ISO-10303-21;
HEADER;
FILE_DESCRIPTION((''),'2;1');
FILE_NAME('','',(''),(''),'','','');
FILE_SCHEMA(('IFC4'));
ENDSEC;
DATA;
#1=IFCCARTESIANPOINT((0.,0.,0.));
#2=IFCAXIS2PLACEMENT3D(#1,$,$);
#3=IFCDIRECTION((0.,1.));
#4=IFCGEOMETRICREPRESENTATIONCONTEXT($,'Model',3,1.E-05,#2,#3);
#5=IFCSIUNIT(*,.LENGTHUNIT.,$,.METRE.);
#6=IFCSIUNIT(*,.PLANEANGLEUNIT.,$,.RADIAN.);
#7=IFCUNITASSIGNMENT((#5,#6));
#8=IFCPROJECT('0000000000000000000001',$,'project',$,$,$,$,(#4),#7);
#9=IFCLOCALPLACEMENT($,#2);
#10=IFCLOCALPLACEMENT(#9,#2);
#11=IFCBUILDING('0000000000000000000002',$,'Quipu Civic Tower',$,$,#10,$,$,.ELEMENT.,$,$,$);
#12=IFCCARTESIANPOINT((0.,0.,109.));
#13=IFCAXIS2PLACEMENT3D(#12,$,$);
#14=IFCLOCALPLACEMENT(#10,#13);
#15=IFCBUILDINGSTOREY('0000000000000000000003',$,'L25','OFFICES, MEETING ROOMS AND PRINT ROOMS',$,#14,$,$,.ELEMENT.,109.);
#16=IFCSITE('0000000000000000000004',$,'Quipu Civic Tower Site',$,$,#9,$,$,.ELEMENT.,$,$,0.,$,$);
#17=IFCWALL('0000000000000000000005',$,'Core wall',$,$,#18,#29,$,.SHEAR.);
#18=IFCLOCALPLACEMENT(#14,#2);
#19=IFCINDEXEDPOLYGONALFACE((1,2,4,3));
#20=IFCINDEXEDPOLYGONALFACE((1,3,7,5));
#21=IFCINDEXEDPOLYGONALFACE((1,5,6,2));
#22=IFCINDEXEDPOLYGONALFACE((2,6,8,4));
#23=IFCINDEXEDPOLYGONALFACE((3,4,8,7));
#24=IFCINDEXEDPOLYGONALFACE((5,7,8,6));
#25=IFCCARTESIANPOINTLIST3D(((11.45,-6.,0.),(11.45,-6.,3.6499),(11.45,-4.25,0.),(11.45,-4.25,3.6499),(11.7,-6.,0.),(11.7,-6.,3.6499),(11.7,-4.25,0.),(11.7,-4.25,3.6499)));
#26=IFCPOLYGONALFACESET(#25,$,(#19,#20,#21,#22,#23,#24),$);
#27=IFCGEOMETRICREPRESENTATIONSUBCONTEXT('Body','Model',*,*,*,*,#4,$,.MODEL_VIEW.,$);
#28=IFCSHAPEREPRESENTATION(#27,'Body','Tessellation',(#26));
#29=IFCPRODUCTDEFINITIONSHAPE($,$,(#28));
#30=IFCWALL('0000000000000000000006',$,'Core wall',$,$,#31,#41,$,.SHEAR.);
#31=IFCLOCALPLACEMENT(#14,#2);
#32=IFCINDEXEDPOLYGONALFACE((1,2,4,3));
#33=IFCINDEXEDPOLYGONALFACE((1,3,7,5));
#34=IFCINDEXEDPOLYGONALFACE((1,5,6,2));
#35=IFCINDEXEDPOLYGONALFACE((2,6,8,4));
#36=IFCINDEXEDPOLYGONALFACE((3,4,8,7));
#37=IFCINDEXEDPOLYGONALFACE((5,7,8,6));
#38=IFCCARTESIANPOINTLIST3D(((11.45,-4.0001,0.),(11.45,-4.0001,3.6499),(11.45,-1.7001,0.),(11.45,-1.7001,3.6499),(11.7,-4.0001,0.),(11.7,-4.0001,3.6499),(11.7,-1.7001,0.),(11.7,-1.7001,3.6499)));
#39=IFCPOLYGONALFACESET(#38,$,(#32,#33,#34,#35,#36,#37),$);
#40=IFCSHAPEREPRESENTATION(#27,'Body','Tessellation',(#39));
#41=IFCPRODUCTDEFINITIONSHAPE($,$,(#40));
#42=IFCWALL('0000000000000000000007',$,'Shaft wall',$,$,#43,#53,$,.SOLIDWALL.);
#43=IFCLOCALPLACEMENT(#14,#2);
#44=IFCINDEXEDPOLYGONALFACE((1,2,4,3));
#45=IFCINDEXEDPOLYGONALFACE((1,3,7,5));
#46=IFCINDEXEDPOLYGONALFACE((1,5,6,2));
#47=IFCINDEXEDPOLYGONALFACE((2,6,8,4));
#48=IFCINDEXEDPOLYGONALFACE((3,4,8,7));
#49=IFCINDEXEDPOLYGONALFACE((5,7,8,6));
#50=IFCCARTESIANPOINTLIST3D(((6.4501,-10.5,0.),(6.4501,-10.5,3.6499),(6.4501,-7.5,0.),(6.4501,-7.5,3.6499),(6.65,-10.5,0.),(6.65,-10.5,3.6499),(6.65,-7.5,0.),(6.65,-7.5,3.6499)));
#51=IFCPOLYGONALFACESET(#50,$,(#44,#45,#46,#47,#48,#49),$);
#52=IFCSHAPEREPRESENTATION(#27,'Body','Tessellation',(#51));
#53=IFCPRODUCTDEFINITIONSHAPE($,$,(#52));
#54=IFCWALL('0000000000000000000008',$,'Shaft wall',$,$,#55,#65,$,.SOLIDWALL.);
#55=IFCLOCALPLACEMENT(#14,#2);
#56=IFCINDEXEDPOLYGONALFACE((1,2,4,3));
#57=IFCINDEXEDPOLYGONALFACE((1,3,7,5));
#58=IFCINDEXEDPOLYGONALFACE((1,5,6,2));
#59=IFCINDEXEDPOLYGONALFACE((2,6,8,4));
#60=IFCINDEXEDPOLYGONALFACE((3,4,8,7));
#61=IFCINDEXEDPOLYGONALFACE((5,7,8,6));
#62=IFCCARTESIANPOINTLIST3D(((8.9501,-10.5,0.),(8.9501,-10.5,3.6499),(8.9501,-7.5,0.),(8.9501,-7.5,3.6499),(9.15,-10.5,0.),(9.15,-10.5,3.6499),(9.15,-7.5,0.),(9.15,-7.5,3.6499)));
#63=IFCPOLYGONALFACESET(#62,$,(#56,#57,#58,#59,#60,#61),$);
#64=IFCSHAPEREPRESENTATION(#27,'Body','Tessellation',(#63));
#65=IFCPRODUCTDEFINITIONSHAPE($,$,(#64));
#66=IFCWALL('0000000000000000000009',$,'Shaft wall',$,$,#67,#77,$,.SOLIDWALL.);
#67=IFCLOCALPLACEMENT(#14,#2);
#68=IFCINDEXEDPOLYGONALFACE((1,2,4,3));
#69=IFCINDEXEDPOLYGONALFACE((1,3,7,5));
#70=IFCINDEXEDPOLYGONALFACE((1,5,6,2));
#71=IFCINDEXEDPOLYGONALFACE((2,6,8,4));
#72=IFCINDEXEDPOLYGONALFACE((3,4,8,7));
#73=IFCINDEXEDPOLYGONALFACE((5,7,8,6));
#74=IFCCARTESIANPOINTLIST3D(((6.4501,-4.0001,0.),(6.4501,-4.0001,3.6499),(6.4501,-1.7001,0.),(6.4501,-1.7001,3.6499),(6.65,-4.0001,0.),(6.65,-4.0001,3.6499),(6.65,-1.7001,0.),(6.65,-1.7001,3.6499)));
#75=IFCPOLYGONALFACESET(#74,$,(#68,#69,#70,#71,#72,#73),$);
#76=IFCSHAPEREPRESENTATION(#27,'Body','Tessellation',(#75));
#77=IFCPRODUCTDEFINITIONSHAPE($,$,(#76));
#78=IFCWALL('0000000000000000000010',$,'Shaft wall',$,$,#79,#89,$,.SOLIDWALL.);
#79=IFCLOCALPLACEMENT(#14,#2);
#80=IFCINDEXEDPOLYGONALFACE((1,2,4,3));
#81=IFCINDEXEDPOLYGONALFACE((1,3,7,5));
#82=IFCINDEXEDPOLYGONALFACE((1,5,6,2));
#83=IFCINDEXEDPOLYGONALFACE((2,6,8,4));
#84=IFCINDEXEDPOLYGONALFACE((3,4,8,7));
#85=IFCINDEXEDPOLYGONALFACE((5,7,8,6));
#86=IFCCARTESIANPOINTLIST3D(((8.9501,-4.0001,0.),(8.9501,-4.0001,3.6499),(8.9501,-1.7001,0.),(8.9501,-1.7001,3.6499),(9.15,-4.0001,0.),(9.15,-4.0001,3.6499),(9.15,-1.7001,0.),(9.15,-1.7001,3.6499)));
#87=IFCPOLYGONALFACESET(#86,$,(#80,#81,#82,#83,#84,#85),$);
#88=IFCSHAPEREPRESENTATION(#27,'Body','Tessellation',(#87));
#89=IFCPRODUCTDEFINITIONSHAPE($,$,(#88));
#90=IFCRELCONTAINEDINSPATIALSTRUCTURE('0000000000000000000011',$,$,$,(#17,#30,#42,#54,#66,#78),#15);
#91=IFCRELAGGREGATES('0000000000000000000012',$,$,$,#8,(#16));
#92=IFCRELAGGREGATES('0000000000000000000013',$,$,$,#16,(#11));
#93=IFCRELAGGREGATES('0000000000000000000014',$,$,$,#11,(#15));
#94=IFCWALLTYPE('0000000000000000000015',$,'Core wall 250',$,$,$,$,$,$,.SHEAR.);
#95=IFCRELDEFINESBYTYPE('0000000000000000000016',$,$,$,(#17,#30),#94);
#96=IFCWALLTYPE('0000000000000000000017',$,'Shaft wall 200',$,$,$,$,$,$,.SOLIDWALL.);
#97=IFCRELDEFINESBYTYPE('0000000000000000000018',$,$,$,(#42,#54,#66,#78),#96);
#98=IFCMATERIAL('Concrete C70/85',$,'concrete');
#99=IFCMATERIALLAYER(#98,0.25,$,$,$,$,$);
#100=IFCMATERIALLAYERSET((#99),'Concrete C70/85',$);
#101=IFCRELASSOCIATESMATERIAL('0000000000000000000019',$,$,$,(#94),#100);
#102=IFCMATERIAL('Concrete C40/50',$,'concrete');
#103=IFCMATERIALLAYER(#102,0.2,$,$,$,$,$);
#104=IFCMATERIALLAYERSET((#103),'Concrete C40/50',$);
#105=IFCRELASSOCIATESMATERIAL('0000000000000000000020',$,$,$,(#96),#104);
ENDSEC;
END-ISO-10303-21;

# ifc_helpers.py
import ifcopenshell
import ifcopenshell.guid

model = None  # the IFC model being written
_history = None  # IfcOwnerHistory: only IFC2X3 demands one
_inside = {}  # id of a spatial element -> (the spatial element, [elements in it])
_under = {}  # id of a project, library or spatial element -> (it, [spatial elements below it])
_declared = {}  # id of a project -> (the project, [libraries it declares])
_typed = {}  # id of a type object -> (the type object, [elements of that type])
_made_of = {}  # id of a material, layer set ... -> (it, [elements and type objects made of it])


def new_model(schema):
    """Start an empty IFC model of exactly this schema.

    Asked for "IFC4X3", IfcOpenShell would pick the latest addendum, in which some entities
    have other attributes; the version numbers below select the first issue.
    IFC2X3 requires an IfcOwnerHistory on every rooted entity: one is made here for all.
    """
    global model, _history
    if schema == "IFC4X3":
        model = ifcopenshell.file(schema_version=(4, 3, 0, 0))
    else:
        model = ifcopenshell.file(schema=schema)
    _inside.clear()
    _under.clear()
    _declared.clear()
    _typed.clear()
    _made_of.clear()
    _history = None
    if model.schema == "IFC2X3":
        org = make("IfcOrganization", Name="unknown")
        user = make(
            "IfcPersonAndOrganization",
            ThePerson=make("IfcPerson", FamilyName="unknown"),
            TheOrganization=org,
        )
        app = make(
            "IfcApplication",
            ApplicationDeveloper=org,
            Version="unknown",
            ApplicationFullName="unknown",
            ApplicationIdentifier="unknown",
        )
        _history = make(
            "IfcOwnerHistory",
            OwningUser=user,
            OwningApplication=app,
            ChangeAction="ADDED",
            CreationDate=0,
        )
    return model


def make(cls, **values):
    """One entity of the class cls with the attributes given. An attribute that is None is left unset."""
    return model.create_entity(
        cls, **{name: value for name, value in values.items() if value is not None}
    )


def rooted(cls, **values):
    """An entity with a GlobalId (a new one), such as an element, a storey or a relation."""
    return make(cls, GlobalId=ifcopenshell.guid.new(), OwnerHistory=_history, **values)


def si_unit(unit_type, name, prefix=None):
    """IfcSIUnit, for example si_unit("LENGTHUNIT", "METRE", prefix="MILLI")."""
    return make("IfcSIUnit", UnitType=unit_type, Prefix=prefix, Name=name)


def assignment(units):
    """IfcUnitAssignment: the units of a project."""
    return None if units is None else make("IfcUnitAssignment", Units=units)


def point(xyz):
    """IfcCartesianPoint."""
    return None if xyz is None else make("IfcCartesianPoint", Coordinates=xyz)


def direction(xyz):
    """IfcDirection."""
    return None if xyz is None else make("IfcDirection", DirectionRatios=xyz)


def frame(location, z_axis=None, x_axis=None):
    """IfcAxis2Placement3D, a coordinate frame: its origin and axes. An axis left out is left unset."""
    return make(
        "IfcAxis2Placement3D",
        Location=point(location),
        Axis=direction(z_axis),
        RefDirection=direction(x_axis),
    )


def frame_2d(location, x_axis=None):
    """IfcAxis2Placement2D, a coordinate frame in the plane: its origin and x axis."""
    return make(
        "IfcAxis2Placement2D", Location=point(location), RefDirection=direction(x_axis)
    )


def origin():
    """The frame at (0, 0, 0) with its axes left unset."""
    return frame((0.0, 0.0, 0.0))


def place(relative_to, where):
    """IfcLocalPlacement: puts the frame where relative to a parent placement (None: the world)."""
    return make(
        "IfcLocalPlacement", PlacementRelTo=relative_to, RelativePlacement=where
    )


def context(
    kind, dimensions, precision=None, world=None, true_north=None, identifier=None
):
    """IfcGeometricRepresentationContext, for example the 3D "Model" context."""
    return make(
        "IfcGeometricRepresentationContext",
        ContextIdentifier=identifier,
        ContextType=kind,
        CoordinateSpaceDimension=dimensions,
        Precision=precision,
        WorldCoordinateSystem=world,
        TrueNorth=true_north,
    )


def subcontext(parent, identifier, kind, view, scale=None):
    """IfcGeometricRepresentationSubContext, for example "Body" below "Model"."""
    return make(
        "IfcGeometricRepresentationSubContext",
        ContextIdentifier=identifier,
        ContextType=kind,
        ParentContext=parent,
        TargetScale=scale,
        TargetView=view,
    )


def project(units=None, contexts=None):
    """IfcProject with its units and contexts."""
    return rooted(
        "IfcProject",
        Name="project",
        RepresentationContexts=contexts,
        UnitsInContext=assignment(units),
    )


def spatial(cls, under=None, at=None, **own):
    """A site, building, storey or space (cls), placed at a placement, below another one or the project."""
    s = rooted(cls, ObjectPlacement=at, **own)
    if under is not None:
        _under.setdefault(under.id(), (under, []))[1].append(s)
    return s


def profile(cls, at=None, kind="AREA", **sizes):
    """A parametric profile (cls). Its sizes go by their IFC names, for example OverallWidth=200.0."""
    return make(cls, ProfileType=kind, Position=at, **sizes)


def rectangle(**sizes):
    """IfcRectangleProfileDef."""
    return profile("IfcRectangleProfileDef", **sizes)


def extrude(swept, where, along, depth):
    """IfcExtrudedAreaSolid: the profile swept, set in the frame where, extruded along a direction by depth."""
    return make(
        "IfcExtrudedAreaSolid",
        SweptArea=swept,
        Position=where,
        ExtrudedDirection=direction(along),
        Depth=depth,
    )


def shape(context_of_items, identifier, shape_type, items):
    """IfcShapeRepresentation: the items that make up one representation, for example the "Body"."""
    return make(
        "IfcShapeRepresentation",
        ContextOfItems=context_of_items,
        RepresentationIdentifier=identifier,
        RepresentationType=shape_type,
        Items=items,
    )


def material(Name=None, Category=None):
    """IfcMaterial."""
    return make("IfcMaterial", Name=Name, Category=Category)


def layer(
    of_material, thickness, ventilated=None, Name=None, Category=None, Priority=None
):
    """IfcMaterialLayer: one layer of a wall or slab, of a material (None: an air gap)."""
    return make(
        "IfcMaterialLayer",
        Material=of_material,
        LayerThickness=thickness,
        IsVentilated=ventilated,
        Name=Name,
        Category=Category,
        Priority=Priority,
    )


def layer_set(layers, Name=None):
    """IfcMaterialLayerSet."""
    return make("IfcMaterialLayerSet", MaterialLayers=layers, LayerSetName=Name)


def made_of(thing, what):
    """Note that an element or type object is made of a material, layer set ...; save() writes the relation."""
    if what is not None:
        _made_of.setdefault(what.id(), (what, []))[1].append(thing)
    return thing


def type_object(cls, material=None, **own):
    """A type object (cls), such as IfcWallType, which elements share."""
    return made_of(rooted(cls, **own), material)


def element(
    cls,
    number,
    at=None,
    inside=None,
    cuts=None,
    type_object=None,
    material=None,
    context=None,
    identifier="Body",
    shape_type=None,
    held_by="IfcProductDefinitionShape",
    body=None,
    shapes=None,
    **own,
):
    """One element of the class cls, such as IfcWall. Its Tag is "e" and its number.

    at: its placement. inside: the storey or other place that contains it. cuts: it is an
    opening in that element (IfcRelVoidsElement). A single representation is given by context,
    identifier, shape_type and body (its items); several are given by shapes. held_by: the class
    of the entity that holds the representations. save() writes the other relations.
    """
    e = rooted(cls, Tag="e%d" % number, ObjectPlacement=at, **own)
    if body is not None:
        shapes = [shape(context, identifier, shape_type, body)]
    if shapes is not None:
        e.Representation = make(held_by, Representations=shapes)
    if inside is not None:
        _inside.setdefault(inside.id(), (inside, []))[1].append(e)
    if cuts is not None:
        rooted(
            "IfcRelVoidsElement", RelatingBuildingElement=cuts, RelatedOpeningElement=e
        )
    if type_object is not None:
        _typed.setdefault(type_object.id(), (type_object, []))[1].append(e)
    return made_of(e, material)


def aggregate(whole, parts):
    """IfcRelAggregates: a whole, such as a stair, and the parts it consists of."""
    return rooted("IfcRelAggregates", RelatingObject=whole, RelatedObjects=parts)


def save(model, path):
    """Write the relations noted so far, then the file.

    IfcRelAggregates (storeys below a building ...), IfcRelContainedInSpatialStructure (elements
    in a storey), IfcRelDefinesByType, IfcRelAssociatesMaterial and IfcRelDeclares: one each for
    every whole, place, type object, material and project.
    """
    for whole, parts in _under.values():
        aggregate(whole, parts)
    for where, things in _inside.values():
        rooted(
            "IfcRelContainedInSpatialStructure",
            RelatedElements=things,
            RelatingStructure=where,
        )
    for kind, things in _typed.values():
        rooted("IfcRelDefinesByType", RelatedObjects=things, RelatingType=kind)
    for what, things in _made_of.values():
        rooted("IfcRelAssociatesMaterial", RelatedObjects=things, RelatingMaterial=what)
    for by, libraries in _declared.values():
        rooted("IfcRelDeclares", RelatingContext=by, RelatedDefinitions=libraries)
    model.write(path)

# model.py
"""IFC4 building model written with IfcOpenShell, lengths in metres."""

from ifc_helpers import new_model, si_unit, direction, frame, frame_2d, origin, place, context, subcontext, project, spatial, rectangle, extrude, material, layer, layer_set, type_object, element, save


model = new_model("IFC4")

# Units and contexts
model_context = context("Model", 3, precision=1e-05, world=origin(), true_north=direction((0.0, 1.0)))
body_context = subcontext(model_context, "Body", "Model", "MODEL_VIEW")
ifc_project = project(units=[si_unit("LENGTHUNIT", "METRE"), si_unit("PLANEANGLEUNIT", "RADIAN")], contexts=[model_context])

# Site, building, storey
site_placement = place(None, origin())
site = spatial("IfcSite", under=ifc_project, at=site_placement, Name="Quipu Civic Tower Site", CompositionType="ELEMENT", RefElevation=0.0)
building_placement = place(site_placement, origin())
building = spatial("IfcBuilding", under=site, at=building_placement, Name="Quipu Civic Tower", CompositionType="ELEMENT")
storey_placement = place(building_placement, frame((0.0, 0.0, 109.0)))
storey = spatial("IfcBuildingStorey", under=building, at=storey_placement, Name="L25", Description="OFFICES, MEETING ROOMS AND PRINT ROOMS", CompositionType="ELEMENT", Elevation=109.0)

# Shared definitions
ifc_material_1 = material(Name="Concrete C70/85", Category="concrete")
ifc_layer_1 = layer(ifc_material_1, 0.25)
ifc_layer_set_1 = layer_set([ifc_layer_1], Name="Concrete C70/85")
wall_type_1 = type_object("IfcWallType", Name="Core wall 250", PredefinedType="SHEAR", material=ifc_layer_set_1)

# Walls
wall_1_placement = place(storey_placement, frame((11.575, -6.0, 0.0), z_axis=(0.0, 0.0, 1.0), x_axis=(0.0, 1.0, 0.0)))
element("IfcWall", 1, at=wall_1_placement, inside=storey, type_object=wall_type_1, Name="Core wall", PredefinedType="SHEAR", context=body_context, shape_type="SweptSolid", body=[
    extrude(rectangle(XDim=1.75, YDim=0.25, at=frame_2d((0.875, 0.0))), origin(), (0.0, 0.0, 1.0), 3.6499),
])
wall_2_placement = place(storey_placement, frame((11.575, -4.0, 0.0), z_axis=(0.0, 0.0, 1.0), x_axis=(0.0, 1.0, 0.0)))
element("IfcWall", 2, at=wall_2_placement, inside=storey, type_object=wall_type_1, Name="Core wall", PredefinedType="SHEAR", context=body_context, shape_type="SweptSolid", body=[
    extrude(rectangle(XDim=2.3, YDim=0.25, at=frame_2d((1.1499, 0.0))), origin(), (0.0, 0.0, 1.0), 3.6499),
])
ifc_material_2 = material(Name="Concrete C40/50", Category="concrete")
ifc_layer_2 = layer(ifc_material_2, 0.2)
ifc_layer_set_2 = layer_set([ifc_layer_2], Name="Concrete C40/50")
wall_type_2 = type_object("IfcWallType", Name="Shaft wall 200", PredefinedType="SOLIDWALL", material=ifc_layer_set_2)
for number, where, z_axis, x_axis, name in (
    (3, (6.55, -10.5, 0.0), (0.0, 0.0, 1.0), (0.0, 1.0, 0.0), "Shaft wall"),
    (4, (9.05, -10.5, 0.0), (0.0, 0.0, 1.0), (0.0, 1.0, 0.0), "Shaft wall"),
):
    element("IfcWall", number, at=place(storey_placement, frame(where, z_axis=z_axis, x_axis=x_axis)), inside=storey, type_object=wall_type_2, Name=name, PredefinedType="SOLIDWALL", context=body_context, shape_type="SweptSolid", body=[
        extrude(rectangle(XDim=3.0, YDim=0.2, at=frame_2d((1.5, 0.0))), origin(), (0.0, 0.0, 1.0), 3.6499),
    ])
for number, where, z_axis, x_axis, name in (
    (5, (6.55, -4.0, 0.0), (0.0, 0.0, 1.0), (0.0, 1.0, 0.0), "Shaft wall"),
    (6, (9.05, -4.0, 0.0), (0.0, 0.0, 1.0), (0.0, 1.0, 0.0), "Shaft wall"),
):
    element("IfcWall", number, at=place(storey_placement, frame(where, z_axis=z_axis, x_axis=x_axis)), inside=storey, type_object=wall_type_2, Name=name, PredefinedType="SOLIDWALL", context=body_context, shape_type="SweptSolid", body=[
        extrude(rectangle(XDim=2.3, YDim=0.2, at=frame_2d((1.1499, 0.0))), origin(), (0.0, 0.0, 1.0), 3.6499),
    ])

save(model, "model.ifc")
